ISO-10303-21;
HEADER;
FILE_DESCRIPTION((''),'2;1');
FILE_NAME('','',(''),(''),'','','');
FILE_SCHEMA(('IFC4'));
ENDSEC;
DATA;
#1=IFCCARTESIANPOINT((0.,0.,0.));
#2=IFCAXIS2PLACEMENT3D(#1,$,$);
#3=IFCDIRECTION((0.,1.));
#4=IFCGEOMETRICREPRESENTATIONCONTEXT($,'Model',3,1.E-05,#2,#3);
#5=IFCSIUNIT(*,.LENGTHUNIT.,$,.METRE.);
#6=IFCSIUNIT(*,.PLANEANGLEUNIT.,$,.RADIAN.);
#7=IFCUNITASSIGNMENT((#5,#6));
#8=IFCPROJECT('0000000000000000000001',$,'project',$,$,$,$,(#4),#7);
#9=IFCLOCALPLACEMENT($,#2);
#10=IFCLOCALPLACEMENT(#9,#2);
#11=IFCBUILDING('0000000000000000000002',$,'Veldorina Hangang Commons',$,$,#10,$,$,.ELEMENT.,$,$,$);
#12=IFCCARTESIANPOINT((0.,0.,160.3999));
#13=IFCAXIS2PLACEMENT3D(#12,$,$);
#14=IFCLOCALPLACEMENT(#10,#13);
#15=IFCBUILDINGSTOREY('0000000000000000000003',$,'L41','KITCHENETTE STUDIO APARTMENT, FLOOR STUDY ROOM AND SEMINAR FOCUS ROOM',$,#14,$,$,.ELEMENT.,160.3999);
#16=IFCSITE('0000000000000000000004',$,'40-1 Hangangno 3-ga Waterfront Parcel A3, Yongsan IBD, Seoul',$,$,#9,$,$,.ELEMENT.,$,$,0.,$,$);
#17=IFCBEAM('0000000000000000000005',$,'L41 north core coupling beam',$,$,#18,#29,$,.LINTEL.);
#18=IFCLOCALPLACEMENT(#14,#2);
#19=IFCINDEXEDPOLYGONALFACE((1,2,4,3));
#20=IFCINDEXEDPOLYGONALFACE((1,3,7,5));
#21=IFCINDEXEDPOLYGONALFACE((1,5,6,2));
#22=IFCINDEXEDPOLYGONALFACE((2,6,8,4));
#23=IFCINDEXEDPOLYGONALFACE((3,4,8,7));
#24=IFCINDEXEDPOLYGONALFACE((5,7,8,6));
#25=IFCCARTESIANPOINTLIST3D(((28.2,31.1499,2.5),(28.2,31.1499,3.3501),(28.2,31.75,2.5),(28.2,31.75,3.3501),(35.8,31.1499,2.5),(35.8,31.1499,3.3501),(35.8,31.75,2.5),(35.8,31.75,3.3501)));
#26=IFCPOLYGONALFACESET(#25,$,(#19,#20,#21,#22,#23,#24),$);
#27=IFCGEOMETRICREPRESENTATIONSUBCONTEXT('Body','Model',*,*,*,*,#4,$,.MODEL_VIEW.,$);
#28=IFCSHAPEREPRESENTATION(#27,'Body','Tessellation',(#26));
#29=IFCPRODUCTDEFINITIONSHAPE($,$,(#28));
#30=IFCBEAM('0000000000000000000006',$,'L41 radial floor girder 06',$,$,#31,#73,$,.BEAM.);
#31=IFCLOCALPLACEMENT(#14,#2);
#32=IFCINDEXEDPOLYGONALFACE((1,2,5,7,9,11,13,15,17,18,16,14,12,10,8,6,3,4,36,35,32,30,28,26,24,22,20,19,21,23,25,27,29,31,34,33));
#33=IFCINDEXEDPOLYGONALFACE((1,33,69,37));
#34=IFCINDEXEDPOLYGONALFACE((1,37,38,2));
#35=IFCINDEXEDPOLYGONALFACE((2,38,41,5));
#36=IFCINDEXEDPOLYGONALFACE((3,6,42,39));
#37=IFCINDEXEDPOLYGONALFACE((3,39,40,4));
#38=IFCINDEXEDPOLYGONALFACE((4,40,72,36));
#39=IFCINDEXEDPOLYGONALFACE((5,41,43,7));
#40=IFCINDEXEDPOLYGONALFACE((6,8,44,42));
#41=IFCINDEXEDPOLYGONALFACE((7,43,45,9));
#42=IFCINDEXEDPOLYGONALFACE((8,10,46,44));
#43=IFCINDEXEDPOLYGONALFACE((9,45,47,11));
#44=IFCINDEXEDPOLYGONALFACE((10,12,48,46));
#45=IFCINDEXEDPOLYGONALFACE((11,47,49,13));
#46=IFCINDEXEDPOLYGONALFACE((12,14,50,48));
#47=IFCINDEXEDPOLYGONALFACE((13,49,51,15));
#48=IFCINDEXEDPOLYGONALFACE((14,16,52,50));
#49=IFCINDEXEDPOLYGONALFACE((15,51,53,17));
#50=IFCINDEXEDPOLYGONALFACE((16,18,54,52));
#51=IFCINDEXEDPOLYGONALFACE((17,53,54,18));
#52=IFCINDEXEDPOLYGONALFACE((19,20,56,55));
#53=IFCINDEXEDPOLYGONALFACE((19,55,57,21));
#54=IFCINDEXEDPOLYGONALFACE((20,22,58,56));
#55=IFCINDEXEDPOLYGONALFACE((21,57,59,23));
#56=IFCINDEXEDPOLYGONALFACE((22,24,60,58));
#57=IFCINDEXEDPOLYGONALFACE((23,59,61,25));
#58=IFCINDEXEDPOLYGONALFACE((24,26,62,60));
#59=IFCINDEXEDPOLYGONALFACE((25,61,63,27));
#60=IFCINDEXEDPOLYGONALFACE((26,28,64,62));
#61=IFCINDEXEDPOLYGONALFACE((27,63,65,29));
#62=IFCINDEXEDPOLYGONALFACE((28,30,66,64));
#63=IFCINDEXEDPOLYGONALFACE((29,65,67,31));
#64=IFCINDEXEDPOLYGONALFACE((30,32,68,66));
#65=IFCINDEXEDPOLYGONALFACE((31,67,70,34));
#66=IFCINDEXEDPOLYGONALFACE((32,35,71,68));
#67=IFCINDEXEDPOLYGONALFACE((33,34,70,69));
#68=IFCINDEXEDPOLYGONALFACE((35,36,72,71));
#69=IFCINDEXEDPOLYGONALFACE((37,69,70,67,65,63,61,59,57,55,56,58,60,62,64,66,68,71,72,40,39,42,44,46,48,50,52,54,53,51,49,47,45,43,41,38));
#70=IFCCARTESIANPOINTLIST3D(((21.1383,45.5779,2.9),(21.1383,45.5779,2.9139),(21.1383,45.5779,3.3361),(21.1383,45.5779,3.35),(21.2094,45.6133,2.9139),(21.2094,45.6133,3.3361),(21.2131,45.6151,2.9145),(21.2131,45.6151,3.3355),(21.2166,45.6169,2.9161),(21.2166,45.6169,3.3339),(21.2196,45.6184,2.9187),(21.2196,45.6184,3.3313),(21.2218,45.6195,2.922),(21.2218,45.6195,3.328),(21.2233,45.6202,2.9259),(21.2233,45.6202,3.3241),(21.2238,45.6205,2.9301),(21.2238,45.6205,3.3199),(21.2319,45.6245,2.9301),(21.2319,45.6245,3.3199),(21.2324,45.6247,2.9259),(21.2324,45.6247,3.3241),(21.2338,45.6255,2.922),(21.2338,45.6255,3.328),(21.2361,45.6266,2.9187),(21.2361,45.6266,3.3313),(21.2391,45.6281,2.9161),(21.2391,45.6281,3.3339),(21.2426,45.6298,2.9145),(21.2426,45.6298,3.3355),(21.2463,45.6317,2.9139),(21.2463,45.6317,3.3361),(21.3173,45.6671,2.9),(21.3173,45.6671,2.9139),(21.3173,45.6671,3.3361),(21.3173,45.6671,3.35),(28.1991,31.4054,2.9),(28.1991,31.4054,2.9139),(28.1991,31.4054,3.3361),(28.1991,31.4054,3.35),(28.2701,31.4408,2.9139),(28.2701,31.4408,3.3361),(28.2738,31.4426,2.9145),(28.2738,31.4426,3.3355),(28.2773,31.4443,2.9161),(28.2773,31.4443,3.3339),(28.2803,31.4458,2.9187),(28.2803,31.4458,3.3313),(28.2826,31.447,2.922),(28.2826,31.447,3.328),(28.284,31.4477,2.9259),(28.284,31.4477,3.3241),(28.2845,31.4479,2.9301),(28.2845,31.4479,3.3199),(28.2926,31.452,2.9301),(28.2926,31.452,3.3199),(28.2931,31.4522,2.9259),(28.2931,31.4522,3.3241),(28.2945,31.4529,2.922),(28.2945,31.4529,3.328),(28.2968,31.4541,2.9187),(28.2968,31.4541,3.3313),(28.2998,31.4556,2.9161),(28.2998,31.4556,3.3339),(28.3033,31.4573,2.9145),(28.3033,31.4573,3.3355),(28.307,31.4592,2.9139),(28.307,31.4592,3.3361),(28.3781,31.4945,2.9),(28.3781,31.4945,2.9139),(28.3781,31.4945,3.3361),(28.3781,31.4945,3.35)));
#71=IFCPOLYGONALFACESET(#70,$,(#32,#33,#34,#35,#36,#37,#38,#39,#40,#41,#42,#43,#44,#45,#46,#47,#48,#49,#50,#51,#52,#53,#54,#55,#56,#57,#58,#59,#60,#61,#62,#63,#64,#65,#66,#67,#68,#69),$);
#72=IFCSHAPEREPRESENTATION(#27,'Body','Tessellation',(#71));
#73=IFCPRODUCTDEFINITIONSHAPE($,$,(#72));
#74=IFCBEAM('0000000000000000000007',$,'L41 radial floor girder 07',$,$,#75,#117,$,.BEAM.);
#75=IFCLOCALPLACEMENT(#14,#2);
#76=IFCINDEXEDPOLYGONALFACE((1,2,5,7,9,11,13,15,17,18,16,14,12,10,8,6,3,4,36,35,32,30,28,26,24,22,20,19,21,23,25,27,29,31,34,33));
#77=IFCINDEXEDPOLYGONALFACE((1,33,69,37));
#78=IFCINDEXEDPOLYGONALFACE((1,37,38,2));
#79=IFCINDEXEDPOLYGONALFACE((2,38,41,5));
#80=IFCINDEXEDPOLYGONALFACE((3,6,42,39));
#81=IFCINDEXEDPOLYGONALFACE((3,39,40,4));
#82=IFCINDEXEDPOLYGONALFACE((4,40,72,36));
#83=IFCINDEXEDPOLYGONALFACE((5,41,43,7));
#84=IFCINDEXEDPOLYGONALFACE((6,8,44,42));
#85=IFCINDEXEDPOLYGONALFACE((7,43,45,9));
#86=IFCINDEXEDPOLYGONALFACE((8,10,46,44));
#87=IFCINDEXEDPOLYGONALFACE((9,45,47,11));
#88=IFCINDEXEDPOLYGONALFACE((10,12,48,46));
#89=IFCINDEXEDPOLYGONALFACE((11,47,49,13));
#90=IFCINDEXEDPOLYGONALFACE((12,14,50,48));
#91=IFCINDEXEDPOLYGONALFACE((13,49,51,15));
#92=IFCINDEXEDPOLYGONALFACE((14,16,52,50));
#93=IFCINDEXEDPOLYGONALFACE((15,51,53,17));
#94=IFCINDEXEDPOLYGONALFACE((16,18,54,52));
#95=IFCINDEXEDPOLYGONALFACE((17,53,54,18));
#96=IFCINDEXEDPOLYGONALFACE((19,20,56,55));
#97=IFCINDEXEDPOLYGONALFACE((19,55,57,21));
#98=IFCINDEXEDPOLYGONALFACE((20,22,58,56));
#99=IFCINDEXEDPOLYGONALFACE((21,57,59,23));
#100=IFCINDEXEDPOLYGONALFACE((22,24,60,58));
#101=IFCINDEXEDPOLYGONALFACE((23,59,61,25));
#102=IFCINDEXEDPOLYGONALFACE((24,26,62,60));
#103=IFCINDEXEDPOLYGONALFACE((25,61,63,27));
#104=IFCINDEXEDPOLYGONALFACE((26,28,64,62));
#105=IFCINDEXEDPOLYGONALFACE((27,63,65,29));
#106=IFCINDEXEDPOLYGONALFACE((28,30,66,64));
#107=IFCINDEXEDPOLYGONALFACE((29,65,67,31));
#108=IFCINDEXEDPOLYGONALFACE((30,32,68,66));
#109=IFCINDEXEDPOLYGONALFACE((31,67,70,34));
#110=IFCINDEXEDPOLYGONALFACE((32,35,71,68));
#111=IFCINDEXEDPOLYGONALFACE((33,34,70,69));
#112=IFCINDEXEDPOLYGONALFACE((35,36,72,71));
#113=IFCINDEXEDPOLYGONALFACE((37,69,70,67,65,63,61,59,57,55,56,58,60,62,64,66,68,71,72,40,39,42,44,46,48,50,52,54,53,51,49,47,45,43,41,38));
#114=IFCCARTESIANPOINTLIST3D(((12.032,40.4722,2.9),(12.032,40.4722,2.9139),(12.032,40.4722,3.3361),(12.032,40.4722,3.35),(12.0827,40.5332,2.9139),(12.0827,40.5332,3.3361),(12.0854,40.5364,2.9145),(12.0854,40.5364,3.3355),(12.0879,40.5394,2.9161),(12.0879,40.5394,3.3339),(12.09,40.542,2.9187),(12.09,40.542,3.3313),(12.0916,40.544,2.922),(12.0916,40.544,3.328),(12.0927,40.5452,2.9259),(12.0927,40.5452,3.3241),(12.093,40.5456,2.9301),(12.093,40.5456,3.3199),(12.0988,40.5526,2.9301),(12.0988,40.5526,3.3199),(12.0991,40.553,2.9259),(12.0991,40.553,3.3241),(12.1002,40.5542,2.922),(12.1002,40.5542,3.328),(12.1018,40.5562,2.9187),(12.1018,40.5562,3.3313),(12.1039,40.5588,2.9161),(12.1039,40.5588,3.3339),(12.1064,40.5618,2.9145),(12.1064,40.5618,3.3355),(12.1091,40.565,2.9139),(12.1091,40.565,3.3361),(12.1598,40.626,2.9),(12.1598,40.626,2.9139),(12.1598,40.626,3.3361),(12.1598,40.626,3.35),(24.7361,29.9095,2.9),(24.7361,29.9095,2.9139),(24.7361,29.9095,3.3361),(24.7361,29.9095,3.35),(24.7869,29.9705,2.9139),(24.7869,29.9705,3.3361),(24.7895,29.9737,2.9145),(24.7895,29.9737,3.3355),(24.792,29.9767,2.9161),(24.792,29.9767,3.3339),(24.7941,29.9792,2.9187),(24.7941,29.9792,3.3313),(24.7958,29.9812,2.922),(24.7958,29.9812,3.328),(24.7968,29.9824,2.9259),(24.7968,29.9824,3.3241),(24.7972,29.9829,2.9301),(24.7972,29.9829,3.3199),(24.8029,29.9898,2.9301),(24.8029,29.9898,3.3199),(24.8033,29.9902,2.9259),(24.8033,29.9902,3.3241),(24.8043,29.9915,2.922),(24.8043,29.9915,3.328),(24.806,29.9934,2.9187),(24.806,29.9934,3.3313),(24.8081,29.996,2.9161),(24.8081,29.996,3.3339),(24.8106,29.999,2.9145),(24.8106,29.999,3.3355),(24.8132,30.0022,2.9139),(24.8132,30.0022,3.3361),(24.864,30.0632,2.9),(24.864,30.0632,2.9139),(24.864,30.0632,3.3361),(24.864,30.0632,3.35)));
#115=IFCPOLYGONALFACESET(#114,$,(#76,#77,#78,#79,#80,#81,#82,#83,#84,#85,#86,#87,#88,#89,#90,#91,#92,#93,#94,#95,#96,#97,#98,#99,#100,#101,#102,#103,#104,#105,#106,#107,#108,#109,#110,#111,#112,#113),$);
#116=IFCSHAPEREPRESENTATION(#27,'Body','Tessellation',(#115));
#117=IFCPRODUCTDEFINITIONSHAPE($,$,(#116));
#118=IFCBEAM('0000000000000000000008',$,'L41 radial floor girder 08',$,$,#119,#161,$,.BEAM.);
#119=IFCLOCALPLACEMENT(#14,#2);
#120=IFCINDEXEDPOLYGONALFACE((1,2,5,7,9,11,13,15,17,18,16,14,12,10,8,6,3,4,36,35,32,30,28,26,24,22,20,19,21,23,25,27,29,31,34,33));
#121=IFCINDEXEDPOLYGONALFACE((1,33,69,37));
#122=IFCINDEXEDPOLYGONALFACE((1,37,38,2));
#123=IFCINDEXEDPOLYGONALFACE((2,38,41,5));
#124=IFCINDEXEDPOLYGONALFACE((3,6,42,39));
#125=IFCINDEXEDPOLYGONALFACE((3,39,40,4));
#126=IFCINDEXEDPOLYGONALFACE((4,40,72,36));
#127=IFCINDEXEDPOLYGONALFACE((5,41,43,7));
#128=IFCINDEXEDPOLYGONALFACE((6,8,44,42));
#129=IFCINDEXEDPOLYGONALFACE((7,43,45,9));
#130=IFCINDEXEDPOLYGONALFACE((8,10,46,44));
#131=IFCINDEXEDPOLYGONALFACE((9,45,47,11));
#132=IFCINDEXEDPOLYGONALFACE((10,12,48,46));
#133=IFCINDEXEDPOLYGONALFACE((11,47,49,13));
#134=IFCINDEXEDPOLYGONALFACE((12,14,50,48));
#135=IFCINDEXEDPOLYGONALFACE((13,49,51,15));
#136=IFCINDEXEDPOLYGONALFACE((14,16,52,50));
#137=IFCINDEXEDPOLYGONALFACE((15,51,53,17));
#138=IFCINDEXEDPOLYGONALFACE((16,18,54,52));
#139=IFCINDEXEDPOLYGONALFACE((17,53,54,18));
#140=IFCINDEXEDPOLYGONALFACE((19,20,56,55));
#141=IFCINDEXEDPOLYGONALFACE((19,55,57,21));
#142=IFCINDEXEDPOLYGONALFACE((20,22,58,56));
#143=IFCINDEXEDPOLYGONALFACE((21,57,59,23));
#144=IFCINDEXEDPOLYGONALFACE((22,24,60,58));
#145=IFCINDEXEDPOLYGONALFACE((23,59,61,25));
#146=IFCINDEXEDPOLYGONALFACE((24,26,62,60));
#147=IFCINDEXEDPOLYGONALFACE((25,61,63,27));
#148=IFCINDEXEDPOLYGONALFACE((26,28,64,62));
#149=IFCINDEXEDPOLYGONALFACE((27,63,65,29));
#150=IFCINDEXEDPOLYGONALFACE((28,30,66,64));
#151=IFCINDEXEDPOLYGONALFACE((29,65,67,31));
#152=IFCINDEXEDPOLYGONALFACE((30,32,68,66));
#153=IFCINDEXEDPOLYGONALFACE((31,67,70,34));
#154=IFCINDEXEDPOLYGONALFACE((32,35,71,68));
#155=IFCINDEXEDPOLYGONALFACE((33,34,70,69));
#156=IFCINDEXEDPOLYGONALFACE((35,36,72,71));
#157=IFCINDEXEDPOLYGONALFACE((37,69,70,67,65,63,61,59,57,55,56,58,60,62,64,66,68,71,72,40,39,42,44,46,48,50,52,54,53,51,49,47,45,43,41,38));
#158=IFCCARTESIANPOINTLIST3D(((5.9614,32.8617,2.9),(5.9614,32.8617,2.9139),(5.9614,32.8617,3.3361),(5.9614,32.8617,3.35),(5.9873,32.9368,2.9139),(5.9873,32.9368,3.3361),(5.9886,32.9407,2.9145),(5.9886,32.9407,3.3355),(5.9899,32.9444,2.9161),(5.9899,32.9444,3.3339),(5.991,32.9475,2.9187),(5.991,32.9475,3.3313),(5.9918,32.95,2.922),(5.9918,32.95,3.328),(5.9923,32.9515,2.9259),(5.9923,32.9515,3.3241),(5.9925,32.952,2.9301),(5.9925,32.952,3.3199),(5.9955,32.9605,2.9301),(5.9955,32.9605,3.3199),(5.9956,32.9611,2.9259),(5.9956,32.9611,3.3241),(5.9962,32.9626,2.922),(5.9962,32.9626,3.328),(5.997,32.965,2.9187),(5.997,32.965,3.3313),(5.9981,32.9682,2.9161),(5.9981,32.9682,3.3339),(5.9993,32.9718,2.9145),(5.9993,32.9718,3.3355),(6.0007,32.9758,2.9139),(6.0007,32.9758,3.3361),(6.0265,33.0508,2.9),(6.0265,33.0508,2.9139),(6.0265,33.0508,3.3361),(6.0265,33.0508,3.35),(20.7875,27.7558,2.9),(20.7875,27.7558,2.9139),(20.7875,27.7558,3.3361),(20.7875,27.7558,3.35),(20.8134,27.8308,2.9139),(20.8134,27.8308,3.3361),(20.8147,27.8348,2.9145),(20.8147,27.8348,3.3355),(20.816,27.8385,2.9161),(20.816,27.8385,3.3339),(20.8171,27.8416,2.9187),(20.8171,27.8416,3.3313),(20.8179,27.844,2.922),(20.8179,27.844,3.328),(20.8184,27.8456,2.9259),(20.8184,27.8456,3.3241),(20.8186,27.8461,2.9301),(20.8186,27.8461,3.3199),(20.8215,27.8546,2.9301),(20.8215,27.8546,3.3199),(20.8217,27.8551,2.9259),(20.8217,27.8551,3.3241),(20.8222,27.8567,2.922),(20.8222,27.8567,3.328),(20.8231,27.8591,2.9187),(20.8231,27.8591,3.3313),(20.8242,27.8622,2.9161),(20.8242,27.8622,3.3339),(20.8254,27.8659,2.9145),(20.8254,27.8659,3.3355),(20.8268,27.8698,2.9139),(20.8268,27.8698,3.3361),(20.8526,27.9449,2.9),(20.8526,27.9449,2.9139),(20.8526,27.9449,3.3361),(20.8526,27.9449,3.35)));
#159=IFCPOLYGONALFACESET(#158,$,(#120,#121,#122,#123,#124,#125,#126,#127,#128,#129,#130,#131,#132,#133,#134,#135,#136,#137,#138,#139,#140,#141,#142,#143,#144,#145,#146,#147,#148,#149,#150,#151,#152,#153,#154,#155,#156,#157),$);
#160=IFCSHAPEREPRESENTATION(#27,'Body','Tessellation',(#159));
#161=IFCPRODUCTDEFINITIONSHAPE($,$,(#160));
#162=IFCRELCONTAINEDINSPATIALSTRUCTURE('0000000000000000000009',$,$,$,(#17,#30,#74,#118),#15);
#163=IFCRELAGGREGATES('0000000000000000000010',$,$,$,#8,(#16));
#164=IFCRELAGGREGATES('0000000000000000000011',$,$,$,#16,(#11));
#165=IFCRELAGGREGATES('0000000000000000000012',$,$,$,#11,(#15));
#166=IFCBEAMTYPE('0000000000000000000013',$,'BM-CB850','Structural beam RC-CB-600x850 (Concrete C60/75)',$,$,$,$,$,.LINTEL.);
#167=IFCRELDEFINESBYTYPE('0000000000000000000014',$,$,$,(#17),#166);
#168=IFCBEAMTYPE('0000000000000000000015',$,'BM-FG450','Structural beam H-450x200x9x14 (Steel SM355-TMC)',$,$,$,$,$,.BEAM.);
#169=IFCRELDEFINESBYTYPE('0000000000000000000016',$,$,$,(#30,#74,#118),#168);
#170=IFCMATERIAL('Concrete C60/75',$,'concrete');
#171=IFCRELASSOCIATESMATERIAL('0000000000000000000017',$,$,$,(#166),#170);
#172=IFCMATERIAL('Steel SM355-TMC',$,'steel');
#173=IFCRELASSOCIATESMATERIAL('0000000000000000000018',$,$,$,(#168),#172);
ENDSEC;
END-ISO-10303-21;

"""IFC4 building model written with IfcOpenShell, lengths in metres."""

from ifc_helpers import new_model, si_unit, direction, frame, origin, origin_2d, place, context, subcontext, project, spatial, rectangle, i_section, extrude, material, material_profile, profile_set, type_object, element, save


model = new_model("IFC4")

# Units and contexts
model_context = context("Model", 3, precision=1e-05, world=origin(), true_north=direction((0.0, 1.0)))
body_context = subcontext(model_context, "Body", "Model", "MODEL_VIEW")
ifc_project = project(units=[si_unit("LENGTHUNIT", "METRE"), si_unit("PLANEANGLEUNIT", "RADIAN")], contexts=[model_context])

# Site, building, storey
site_placement = place(None, origin())
site = spatial("IfcSite", under=ifc_project, at=site_placement, Name="40-1 Hangangno 3-ga Waterfront Parcel A3, Yongsan IBD, Seoul", CompositionType="ELEMENT", RefElevation=0.0)
building_placement = place(site_placement, origin())
building = spatial("IfcBuilding", under=site, at=building_placement, Name="Veldorina Hangang Commons", CompositionType="ELEMENT")
storey_placement = place(building_placement, frame((0.0, 0.0, 160.3999)))
storey = spatial("IfcBuildingStorey", under=building, at=storey_placement, Name="L41", Description="KITCHENETTE STUDIO APARTMENT, FLOOR STUDY ROOM AND SEMINAR FOCUS ROOM", CompositionType="ELEMENT", Elevation=160.3999)

# Beams
ifc_material_1 = material(Name="Concrete C60/75", Category="concrete")
ifc_material_profile_1 = material_profile(ifc_material_1, rectangle(XDim=0.6001, YDim=0.8501, at=origin_2d()), Name="RC-CB-600x850")
ifc_profile_set_1 = profile_set([ifc_material_profile_1], Name="Concrete C60/75")
beam_type_1 = type_object("IfcBeamType", Name="BM-CB850", Description="Structural beam RC-CB-600x850 (Concrete C60/75)", PredefinedType="LINTEL", material=ifc_profile_set_1)
beam_1_placement = place(storey_placement, frame((28.2, 31.45, 2.925), z_axis=(1.0, 0.0, 0.0), x_axis=(0.0, 1.0, 0.0)))
element("IfcBeam", 1, at=beam_1_placement, inside=storey, type_object=beam_type_1, Name="L41 north core coupling beam", PredefinedType="LINTEL", context=body_context, shape_type="SweptSolid", body=[
    extrude(rectangle(XDim=0.6001, YDim=0.8501, at=origin_2d()), origin(), (0.0, 0.0, 1.0), 7.6001),
])
ifc_material_2 = material(Name="Steel SM355-TMC", Category="steel")
ifc_material_profile_2 = material_profile(ifc_material_2, i_section(OverallWidth=0.2, OverallDepth=0.45, WebThickness=0.009, FlangeThickness=0.0139, FilletRadius=0.0161, at=origin_2d()), Name="H-450x200x9x14")
ifc_profile_set_2 = profile_set([ifc_material_profile_2], Name="Steel SM355-TMC")
beam_type_2 = type_object("IfcBeamType", Name="BM-FG450", Description="Structural beam H-450x200x9x14 (Steel SM355-TMC)", PredefinedType="BEAM", material=ifc_profile_set_2)
beam_2_placement = place(storey_placement, frame((28.2886, 31.45, 3.125), z_axis=(-0.445924, 0.895071, 0.0), x_axis=(-0.895071, -0.445924, 0.0)))
element("IfcBeam", 2, at=beam_2_placement, inside=storey, type_object=beam_type_2, Name="L41 radial floor girder 06", PredefinedType="BEAM", context=body_context, shape_type="SweptSolid", body=[
    extrude(i_section(OverallWidth=0.2, OverallDepth=0.45, WebThickness=0.009, FlangeThickness=0.0139, FilletRadius=0.0161, at=origin_2d()), origin(), (0.0, 0.0, 1.0), 15.834),
])
beam_3_placement = place(storey_placement, frame((24.8, 29.9863, 3.125), z_axis=(-0.768935, 0.639326, 0.0), x_axis=(-0.639326, -0.768935, 0.0)))
element("IfcBeam", 3, at=beam_3_placement, inside=storey, type_object=beam_type_2, Name="L41 radial floor girder 07", PredefinedType="BEAM", context=body_context, shape_type="SweptSolid", body=[
    extrude(i_section(OverallWidth=0.2, OverallDepth=0.45, WebThickness=0.009, FlangeThickness=0.0139, FilletRadius=0.0161, at=origin_2d()), origin(), (0.0, 0.0, 1.0), 16.5217),
])
beam_4_placement = place(storey_placement, frame((20.8201, 27.8503, 3.125), z_axis=(-0.945501, 0.325619, 0.0), x_axis=(-0.325619, -0.945501, 0.0)))
element("IfcBeam", 4, at=beam_4_placement, inside=storey, type_object=beam_type_2, Name="L41 radial floor girder 08", PredefinedType="BEAM", context=body_context, shape_type="SweptSolid", body=[
    extrude(i_section(OverallWidth=0.2, OverallDepth=0.45, WebThickness=0.009, FlangeThickness=0.0139, FilletRadius=0.0161, at=origin_2d()), origin(), (0.0, 0.0, 1.0), 15.6807),
])

save(model, "model.ifc")
